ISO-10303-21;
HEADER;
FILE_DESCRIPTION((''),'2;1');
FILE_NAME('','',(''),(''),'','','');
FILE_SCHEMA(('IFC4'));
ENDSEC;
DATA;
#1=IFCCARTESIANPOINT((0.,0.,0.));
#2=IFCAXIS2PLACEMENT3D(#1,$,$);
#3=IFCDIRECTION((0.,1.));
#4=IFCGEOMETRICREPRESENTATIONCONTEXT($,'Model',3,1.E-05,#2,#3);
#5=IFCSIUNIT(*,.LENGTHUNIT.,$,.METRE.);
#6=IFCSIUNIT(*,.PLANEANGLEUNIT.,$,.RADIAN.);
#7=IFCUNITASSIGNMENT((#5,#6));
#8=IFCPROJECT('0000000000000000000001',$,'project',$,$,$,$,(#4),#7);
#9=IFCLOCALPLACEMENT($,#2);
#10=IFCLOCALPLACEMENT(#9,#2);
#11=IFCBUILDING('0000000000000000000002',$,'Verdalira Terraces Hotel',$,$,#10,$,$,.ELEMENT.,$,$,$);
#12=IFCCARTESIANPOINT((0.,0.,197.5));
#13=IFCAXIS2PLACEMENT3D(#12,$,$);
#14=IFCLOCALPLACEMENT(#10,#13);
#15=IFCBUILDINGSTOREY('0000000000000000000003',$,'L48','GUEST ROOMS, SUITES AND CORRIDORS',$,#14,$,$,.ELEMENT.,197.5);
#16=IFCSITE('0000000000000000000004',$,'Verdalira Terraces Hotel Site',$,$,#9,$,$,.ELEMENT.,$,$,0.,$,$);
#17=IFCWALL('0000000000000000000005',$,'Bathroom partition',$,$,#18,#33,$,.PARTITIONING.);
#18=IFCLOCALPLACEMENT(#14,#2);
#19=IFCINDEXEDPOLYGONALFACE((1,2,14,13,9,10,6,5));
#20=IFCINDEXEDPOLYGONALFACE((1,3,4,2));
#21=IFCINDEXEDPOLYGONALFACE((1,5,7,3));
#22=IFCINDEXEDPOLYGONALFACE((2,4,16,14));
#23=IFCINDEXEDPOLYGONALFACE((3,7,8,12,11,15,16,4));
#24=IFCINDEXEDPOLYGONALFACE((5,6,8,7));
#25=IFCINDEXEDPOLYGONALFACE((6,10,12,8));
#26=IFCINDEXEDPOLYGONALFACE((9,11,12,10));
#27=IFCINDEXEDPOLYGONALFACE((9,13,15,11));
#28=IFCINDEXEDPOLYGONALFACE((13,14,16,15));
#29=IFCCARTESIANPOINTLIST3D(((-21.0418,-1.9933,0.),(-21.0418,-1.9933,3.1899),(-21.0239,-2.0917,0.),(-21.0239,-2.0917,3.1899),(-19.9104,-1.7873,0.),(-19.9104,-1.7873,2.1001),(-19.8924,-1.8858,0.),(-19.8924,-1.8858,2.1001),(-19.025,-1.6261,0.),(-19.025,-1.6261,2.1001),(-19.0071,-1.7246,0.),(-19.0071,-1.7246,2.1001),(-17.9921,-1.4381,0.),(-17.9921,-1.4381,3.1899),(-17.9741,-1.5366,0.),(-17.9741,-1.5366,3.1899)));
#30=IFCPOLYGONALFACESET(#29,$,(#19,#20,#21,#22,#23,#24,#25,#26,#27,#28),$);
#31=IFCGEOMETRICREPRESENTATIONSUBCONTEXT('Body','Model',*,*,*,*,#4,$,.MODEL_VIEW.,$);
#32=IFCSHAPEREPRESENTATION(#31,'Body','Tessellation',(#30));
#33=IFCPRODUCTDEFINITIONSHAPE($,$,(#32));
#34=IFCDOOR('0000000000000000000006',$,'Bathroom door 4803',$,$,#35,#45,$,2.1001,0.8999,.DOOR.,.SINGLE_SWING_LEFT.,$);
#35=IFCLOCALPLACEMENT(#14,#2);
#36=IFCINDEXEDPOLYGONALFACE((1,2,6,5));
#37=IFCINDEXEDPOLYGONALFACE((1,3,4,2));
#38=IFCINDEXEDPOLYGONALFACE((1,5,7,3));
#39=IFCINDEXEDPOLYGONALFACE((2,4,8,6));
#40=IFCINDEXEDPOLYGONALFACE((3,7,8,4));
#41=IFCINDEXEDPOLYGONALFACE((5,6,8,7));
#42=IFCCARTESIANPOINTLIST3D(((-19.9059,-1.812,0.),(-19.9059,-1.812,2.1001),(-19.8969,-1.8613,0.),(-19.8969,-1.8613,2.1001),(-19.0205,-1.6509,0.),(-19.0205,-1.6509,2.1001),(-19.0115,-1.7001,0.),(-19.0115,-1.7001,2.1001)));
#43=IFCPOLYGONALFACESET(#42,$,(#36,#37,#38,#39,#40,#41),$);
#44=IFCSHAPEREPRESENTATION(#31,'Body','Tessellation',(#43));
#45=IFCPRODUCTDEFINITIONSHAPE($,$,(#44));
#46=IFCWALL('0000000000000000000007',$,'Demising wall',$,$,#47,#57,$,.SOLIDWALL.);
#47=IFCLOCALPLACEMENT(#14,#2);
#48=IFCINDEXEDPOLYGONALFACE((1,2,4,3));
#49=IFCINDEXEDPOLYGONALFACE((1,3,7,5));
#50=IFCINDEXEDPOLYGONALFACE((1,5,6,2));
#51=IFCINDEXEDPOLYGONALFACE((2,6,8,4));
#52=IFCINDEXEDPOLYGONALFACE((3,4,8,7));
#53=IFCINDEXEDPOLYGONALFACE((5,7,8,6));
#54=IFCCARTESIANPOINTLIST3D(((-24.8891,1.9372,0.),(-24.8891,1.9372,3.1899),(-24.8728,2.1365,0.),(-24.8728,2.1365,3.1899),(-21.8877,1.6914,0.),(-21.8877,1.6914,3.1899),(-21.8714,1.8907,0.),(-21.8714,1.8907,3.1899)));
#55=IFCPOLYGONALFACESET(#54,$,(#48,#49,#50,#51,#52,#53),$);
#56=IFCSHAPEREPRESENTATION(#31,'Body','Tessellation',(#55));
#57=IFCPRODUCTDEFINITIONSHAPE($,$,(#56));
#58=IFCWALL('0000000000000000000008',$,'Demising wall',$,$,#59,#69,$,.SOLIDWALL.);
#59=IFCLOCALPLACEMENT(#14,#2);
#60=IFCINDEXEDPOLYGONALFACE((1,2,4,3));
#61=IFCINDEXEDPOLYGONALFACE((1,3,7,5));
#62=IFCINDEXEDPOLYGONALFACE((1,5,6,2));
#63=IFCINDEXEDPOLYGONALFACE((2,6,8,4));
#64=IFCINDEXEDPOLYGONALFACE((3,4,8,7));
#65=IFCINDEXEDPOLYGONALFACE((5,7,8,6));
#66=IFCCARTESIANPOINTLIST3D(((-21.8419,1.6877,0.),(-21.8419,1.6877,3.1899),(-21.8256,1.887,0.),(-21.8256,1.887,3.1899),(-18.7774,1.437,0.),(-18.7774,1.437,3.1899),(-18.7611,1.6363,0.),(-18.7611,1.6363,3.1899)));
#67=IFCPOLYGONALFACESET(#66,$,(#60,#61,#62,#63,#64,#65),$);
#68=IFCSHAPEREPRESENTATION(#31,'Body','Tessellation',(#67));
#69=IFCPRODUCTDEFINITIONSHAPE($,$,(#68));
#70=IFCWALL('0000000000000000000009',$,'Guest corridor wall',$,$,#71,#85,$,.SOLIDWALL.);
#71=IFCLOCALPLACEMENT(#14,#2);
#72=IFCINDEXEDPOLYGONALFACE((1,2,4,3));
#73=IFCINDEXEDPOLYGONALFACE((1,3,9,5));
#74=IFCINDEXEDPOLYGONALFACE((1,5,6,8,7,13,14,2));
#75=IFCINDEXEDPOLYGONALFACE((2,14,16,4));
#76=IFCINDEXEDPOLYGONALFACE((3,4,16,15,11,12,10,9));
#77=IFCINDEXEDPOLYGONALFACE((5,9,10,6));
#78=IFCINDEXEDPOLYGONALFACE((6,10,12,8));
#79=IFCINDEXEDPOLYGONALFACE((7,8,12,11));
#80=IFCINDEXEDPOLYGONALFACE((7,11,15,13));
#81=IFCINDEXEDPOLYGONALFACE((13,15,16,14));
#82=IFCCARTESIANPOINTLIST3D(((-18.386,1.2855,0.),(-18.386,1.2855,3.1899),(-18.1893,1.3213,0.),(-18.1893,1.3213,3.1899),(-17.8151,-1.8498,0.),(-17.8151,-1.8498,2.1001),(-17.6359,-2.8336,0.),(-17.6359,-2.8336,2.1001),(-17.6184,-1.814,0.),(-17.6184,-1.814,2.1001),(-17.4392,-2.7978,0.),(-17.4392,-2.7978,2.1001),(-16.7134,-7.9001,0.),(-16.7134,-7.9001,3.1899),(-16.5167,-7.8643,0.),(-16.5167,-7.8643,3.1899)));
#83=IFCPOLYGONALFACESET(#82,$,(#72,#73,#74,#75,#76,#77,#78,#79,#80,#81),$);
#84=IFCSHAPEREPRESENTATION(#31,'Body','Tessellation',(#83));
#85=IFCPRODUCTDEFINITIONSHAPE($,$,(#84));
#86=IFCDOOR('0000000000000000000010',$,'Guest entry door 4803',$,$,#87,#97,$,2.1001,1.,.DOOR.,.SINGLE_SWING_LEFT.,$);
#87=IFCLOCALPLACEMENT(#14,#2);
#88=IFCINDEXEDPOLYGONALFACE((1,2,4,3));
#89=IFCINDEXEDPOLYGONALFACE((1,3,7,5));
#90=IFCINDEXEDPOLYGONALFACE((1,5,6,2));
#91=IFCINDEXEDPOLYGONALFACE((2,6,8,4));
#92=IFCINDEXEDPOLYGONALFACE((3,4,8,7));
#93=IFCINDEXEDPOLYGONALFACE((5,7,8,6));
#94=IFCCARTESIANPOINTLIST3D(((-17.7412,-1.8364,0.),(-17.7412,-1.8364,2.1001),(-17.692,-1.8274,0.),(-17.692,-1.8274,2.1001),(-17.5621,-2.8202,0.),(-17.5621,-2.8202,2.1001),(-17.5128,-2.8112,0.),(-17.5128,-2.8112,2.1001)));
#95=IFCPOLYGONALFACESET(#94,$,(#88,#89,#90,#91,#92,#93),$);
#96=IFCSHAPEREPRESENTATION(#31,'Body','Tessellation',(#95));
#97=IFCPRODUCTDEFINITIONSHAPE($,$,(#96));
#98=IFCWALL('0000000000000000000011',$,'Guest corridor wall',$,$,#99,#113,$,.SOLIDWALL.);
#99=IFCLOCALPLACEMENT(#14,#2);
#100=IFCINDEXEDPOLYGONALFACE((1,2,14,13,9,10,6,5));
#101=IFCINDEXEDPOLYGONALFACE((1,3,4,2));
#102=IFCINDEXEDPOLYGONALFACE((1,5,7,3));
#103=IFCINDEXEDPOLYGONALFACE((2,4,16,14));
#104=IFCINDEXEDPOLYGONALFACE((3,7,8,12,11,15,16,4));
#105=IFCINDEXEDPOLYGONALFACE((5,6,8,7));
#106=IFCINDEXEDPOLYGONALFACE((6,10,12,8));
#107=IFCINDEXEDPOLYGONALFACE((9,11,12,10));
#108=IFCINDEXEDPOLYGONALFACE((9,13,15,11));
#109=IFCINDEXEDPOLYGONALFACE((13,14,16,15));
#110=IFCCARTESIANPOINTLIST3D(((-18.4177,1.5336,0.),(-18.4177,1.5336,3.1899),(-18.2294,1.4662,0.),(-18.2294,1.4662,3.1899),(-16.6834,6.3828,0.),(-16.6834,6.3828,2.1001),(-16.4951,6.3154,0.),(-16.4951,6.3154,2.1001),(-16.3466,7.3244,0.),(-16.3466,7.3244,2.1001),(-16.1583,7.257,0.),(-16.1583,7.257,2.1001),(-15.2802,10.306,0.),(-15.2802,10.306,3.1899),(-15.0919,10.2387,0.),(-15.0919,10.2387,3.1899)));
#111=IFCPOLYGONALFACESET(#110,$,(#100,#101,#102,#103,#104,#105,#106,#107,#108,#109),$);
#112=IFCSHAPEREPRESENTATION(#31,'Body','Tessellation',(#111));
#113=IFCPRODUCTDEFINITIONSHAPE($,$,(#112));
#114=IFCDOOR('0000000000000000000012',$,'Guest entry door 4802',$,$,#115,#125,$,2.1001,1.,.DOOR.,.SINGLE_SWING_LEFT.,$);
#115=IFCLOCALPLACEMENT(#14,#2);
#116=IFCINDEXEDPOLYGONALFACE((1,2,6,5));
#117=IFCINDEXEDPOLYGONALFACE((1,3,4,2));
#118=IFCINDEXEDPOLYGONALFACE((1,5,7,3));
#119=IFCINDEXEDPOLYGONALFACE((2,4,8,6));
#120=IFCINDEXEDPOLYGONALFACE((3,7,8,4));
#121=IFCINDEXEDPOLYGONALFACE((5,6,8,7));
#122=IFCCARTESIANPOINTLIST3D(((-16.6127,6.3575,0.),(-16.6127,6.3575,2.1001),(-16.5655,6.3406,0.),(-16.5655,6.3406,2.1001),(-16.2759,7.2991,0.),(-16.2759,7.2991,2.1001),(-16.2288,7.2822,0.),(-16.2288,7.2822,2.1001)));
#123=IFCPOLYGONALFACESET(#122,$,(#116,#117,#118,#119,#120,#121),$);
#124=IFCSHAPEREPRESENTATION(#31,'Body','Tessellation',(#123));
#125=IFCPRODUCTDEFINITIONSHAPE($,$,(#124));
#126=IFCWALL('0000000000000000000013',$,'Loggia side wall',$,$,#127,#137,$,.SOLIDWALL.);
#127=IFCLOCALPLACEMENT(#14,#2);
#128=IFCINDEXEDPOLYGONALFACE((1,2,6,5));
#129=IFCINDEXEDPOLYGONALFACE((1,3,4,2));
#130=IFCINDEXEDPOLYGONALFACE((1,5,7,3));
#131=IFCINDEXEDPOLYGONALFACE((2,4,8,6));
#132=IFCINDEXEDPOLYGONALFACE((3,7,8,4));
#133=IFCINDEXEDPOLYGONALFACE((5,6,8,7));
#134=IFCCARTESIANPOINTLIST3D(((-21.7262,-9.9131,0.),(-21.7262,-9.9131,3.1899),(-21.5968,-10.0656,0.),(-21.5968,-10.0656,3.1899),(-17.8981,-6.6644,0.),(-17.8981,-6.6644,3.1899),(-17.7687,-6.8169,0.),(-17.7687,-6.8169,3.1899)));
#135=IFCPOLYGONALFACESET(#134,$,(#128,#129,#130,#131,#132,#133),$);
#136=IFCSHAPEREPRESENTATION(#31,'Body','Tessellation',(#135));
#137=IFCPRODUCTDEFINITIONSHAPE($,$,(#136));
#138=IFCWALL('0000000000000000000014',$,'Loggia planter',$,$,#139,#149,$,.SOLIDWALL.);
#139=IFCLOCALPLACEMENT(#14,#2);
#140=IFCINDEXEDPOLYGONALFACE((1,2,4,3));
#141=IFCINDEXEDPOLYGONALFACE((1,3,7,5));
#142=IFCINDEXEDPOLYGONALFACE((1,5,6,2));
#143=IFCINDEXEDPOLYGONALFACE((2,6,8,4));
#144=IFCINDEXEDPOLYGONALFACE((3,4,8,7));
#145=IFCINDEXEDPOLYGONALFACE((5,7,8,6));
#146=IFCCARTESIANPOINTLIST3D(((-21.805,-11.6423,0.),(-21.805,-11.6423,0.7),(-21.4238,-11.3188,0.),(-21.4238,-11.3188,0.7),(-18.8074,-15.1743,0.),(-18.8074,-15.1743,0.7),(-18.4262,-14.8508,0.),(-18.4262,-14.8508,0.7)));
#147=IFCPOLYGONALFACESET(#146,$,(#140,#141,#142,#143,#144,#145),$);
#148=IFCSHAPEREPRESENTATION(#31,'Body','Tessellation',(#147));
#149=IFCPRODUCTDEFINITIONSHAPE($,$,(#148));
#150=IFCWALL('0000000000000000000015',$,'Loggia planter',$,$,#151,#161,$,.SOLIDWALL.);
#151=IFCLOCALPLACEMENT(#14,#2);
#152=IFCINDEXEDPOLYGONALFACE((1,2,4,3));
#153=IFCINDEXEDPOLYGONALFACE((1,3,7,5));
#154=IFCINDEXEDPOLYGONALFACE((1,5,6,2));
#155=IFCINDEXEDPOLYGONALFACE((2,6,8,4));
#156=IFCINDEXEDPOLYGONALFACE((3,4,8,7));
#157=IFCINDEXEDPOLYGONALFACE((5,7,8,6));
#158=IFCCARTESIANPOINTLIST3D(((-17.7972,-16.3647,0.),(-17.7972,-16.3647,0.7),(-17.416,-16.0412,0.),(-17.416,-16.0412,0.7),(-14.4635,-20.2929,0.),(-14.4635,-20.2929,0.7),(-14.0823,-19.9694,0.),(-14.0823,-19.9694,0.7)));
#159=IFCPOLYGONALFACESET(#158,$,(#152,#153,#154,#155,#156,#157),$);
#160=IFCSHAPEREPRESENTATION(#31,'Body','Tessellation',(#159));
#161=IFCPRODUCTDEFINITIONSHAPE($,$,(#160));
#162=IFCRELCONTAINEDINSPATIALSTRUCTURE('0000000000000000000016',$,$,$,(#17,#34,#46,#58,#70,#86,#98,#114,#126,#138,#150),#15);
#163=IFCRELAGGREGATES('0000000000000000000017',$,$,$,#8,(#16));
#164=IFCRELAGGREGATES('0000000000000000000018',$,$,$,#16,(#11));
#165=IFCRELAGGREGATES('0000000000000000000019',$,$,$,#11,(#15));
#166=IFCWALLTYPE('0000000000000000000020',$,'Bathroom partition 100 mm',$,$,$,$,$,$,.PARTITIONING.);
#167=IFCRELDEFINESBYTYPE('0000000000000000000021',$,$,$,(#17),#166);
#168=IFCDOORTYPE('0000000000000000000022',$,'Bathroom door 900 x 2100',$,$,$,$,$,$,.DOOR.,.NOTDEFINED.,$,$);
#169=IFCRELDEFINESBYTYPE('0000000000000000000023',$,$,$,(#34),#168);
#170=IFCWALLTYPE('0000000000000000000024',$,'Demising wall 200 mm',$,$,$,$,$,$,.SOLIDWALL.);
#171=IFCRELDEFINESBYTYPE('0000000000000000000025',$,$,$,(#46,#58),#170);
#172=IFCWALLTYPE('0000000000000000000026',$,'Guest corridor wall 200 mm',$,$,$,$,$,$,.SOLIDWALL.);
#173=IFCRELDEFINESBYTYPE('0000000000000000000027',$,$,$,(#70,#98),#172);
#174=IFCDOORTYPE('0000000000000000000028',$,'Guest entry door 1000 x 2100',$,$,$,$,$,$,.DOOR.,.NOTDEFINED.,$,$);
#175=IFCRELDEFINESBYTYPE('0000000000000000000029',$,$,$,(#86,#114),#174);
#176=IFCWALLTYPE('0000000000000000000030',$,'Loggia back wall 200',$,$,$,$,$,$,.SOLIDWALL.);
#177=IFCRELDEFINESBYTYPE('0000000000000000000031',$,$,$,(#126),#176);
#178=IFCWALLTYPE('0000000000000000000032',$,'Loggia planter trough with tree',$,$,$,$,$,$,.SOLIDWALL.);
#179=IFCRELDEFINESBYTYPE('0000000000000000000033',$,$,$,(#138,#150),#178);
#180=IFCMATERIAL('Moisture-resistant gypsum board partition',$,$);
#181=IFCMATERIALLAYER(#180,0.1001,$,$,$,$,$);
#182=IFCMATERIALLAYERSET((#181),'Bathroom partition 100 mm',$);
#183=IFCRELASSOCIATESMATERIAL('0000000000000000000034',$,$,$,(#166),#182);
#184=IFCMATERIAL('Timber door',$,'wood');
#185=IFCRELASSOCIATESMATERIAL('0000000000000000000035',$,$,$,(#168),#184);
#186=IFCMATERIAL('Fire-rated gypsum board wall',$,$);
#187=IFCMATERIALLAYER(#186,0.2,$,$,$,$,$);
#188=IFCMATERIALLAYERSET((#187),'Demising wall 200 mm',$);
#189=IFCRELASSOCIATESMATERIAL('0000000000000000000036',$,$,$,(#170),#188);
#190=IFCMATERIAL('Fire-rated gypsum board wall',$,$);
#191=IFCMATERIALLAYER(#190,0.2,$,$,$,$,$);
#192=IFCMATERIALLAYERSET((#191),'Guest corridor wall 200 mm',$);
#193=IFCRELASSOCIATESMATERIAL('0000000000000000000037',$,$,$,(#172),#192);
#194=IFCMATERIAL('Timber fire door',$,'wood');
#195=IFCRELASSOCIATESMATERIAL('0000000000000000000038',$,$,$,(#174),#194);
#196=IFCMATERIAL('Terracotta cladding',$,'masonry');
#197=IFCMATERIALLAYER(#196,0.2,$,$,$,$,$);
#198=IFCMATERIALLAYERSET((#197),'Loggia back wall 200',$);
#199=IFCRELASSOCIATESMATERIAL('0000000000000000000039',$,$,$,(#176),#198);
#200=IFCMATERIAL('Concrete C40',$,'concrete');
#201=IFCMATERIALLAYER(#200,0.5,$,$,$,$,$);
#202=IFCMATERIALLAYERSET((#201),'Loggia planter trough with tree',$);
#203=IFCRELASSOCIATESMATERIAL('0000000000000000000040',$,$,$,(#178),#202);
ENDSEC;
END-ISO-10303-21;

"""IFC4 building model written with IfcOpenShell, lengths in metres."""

from ifc_helpers import new_model, si_unit, direction, frame, frame_2d, origin, place, context, subcontext, project, spatial, rectangle, extrude, material, layer, layer_set, type_object, element, fill, save


model = new_model("IFC4")

# Units and contexts
model_context = context("Model", 3, precision=1e-05, world=origin(), true_north=direction((0.0, 1.0)))
body_context = subcontext(model_context, "Body", "Model", "MODEL_VIEW")
ifc_project = project(units=[si_unit("LENGTHUNIT", "METRE"), si_unit("PLANEANGLEUNIT", "RADIAN")], contexts=[model_context])

# Site, building, storey
site_placement = place(None, origin())
site = spatial("IfcSite", under=ifc_project, at=site_placement, Name="Verdalira Terraces Hotel Site", CompositionType="ELEMENT", RefElevation=0.0)
building_placement = place(site_placement, origin())
building = spatial("IfcBuilding", under=site, at=building_placement, Name="Verdalira Terraces Hotel", CompositionType="ELEMENT")
storey_placement = place(building_placement, frame((0.0, 0.0, 197.5)))
storey = spatial("IfcBuildingStorey", under=building, at=storey_placement, Name="L48", Description="GUEST ROOMS, SUITES AND CORRIDORS", CompositionType="ELEMENT", Elevation=197.5)

# Shared definitions
ifc_material_1 = material(Name="Moisture-resistant gypsum board partition")
ifc_layer_1 = layer(ifc_material_1, 0.1001)
ifc_layer_set_1 = layer_set([ifc_layer_1], Name="Bathroom partition 100 mm")
wall_type_1 = type_object("IfcWallType", Name="Bathroom partition 100 mm", PredefinedType="PARTITIONING", material=ifc_layer_set_1)

# Wall, opening, door
wall_1_placement = place(storey_placement, frame((-21.0327, -2.0425, 0.0), z_axis=(0.0, 0.0, 1.0), x_axis=(0.983832, 0.179093, 0.0)))
wall_1 = element("IfcWall", 1, at=wall_1_placement, inside=storey, type_object=wall_type_1, Name="Bathroom partition", PredefinedType="PARTITIONING", context=body_context, shape_type="SweptSolid", body=[
    extrude(rectangle(XDim=3.0999, YDim=0.1001, at=frame_2d((1.5498, 0.0))), origin(), (0.0, 0.0, 1.0), 3.1899),
])
opening_1_placement = place(wall_1_placement, frame((1.1499, 0.0, 0.0)))
opening_1 = element("IfcOpeningElement", 2, at=opening_1_placement, cuts=wall_1, PredefinedType="OPENING", context=body_context, shape_type="SweptSolid", body=[
    extrude(rectangle(XDim=0.8999, YDim=2.1001, at=frame_2d((0.45, 1.05))), frame((0.0, 0.0601, 0.0), z_axis=(0.0, -1.0, 0.0), x_axis=(1.0, 0.0, 0.0)), (0.0, 0.0, 1.0), 0.1201),
])
ifc_material_2 = material(Name="Timber door", Category="wood")
door_type_1 = type_object("IfcDoorType", Name="Bathroom door 900 x 2100", OperationType="NOTDEFINED", PredefinedType="DOOR", material=ifc_material_2)
door_1_placement = place(opening_1_placement, origin())
door_1 = element("IfcDoor", 3, at=door_1_placement, inside=storey, type_object=door_type_1, Name="Bathroom door 4803", OperationType="SINGLE_SWING_LEFT", OverallHeight=2.1001, OverallWidth=0.8999, PredefinedType="DOOR", context=body_context, shape_type="SweptSolid", body=[
    extrude(rectangle(XDim=0.8999, YDim=2.1001, at=frame_2d((0.45, 1.05))), frame((0.0, 0.0249, 0.0), z_axis=(0.0, -1.0, 0.0), x_axis=(1.0, 0.0, 0.0)), (0.0, 0.0, 1.0), 0.05),
])
fill(opening_1, door_1)

# Walls
ifc_material_3 = material(Name="Fire-rated gypsum board wall")
ifc_layer_2 = layer(ifc_material_3, 0.2)
ifc_layer_set_2 = layer_set([ifc_layer_2], Name="Demising wall 200 mm")
wall_type_2 = type_object("IfcWallType", Name="Demising wall 200 mm", PredefinedType="SOLIDWALL", material=ifc_layer_set_2)
wall_2_placement = place(storey_placement, frame((-21.8794, 1.791, 0.0), z_axis=(0.0, 0.0, 1.0), x_axis=(-0.996662, 0.081636, 0.0)))
element("IfcWall", 4, at=wall_2_placement, inside=storey, type_object=wall_type_2, Name="Demising wall", PredefinedType="SOLIDWALL", context=body_context, shape_type="SweptSolid", body=[
    extrude(rectangle(XDim=3.0115, YDim=0.2, at=frame_2d((1.5059, 0.0))), origin(), (0.0, 0.0, 1.0), 3.1899),
])
wall_3_placement = place(storey_placement, frame((-18.7693, 1.5366, 0.0), z_axis=(0.0, 0.0, 1.0), x_axis=(-0.996669, 0.081547, 0.0)))
element("IfcWall", 5, at=wall_3_placement, inside=storey, type_object=wall_type_2, Name="Demising wall", PredefinedType="SOLIDWALL", context=body_context, shape_type="SweptSolid", body=[
    extrude(rectangle(XDim=3.0747, YDim=0.2, at=frame_2d((1.5374, 0.0))), origin(), (0.0, 0.0, 1.0), 3.1899),
])

# Walls, openings, doors
ifc_material_4 = material(Name="Fire-rated gypsum board wall")
ifc_layer_3 = layer(ifc_material_4, 0.2)
ifc_layer_set_3 = layer_set([ifc_layer_3], Name="Guest corridor wall 200 mm")
wall_type_3 = type_object("IfcWallType", Name="Guest corridor wall 200 mm", PredefinedType="SOLIDWALL", material=ifc_layer_set_3)
wall_4_placement = place(storey_placement, frame((-16.615, -7.8823, 0.0), z_axis=(0.0, 0.0, 1.0), x_axis=(-0.179145, 0.983823, 0.0)))
wall_4 = element("IfcWall", 6, at=wall_4_placement, inside=storey, type_object=wall_type_3, Name="Guest corridor wall", PredefinedType="SOLIDWALL", context=body_context, shape_type="SweptSolid", body=[
    extrude(rectangle(XDim=9.3367, YDim=0.2, at=frame_2d((4.6685, 0.0))), origin(), (0.0, 0.0, 1.0), 3.1899),
])
opening_2_placement = place(wall_4_placement, frame((5.1499, 0.0, 0.0)))
opening_2 = element("IfcOpeningElement", 7, at=opening_2_placement, cuts=wall_4, PredefinedType="OPENING", context=body_context, shape_type="SweptSolid", body=[
    extrude(rectangle(XDim=1.0, YDim=2.1001, at=frame_2d((0.5, 1.05))), frame((0.0, 0.1099, 0.0), z_axis=(0.0, -1.0, 0.0), x_axis=(1.0, 0.0, 0.0)), (0.0, 0.0, 1.0), 0.22),
])
ifc_material_5 = material(Name="Timber fire door", Category="wood")
door_type_2 = type_object("IfcDoorType", Name="Guest entry door 1000 x 2100", OperationType="NOTDEFINED", PredefinedType="DOOR", material=ifc_material_5)
door_2_placement = place(opening_2_placement, origin())
door_2 = element("IfcDoor", 8, at=door_2_placement, inside=storey, type_object=door_type_2, Name="Guest entry door 4803", OperationType="SINGLE_SWING_LEFT", OverallHeight=2.1001, OverallWidth=1.0, PredefinedType="DOOR", context=body_context, shape_type="SweptSolid", body=[
    extrude(rectangle(XDim=1.0, YDim=2.1001, at=frame_2d((0.5, 1.05))), frame((0.0, 0.0249, 0.0), z_axis=(0.0, -1.0, 0.0), x_axis=(1.0, 0.0, 0.0)), (0.0, 0.0, 1.0), 0.05),
])
fill(opening_2, door_2)
wall_5_placement = place(storey_placement, frame((-18.3235, 1.5, 0.0), z_axis=(0.0, 0.0, 1.0), x_axis=(0.336758, 0.941591, 0.0)))
wall_5 = element("IfcWall", 9, at=wall_5_placement, inside=storey, type_object=wall_type_3, Name="Guest corridor wall", PredefinedType="SOLIDWALL", context=body_context, shape_type="SweptSolid", body=[
    extrude(rectangle(XDim=9.3166, YDim=0.2, at=frame_2d((4.6582, 0.0))), origin(), (0.0, 0.0, 1.0), 3.1899),
])
opening_3_placement = place(wall_5_placement, frame((5.1499, 0.0, 0.0)))
opening_3 = element("IfcOpeningElement", 10, at=opening_3_placement, cuts=wall_5, PredefinedType="OPENING", context=body_context, shape_type="SweptSolid", body=[
    extrude(rectangle(XDim=1.0, YDim=2.1001, at=frame_2d((0.5, 1.05))), frame((0.0, 0.1099, 0.0), z_axis=(0.0, -1.0, 0.0), x_axis=(1.0, 0.0, 0.0)), (0.0, 0.0, 1.0), 0.22),
])
door_3_placement = place(opening_3_placement, origin())
door_3 = element("IfcDoor", 11, at=door_3_placement, inside=storey, type_object=door_type_2, Name="Guest entry door 4802", OperationType="SINGLE_SWING_LEFT", OverallHeight=2.1001, OverallWidth=1.0, PredefinedType="DOOR", context=body_context, shape_type="SweptSolid", body=[
    extrude(rectangle(XDim=1.0, YDim=2.1001, at=frame_2d((0.5, 1.05))), frame((0.0, 0.0249, 0.0), z_axis=(0.0, -1.0, 0.0), x_axis=(1.0, 0.0, 0.0)), (0.0, 0.0, 1.0), 0.05),
])
fill(opening_3, door_3)

# Walls
ifc_material_6 = material(Name="Terracotta cladding", Category="masonry")
ifc_layer_4 = layer(ifc_material_6, 0.2)
ifc_layer_set_4 = layer_set([ifc_layer_4], Name="Loggia back wall 200")
wall_type_4 = type_object("IfcWallType", Name="Loggia back wall 200", PredefinedType="SOLIDWALL", material=ifc_layer_set_4)
wall_6_placement = place(storey_placement, frame((-21.6614, -9.9893, 0.0), z_axis=(0.0, 0.0, 1.0), x_axis=(0.762443, 0.647055, 0.0)))
element("IfcWall", 12, at=wall_6_placement, inside=storey, type_object=wall_type_4, Name="Loggia side wall", PredefinedType="SOLIDWALL", context=body_context, shape_type="SweptSolid", body=[
    extrude(rectangle(XDim=5.0208, YDim=0.2, at=frame_2d((2.5103, 0.0))), origin(), (0.0, 0.0, 1.0), 3.1899),
])
ifc_material_7 = material(Name="Concrete C40", Category="concrete")
ifc_layer_5 = layer(ifc_material_7, 0.5)
ifc_layer_set_5 = layer_set([ifc_layer_5], Name="Loggia planter trough with tree")
wall_type_5 = type_object("IfcWallType", Name="Loggia planter trough with tree", PredefinedType="SOLIDWALL", material=ifc_layer_set_5)
wall_7_placement = place(storey_placement, frame((-21.6145, -11.4805, 0.0), z_axis=(0.0, 0.0, 1.0), x_axis=(0.647068, -0.762432, 0.0)))
element("IfcWall", 13, at=wall_7_placement, inside=storey, type_object=wall_type_5, Name="Loggia planter", PredefinedType="SOLIDWALL", context=body_context, shape_type="SweptSolid", body=[
    extrude(rectangle(XDim=4.6326, YDim=0.5, at=frame_2d((2.3164, 0.0))), origin(), (0.0, 0.0, 1.0), 0.7),
])
wall_8_placement = place(storey_placement, frame((-17.6067, -16.2029, 0.0), z_axis=(0.0, 0.0, 1.0), x_axis=(0.647057, -0.762442, 0.0)))
element("IfcWall", 14, at=wall_8_placement, inside=storey, type_object=wall_type_5, Name="Loggia planter", PredefinedType="SOLIDWALL", context=body_context, shape_type="SweptSolid", body=[
    extrude(rectangle(XDim=5.1521, YDim=0.5, at=frame_2d((2.5762, 0.0))), origin(), (0.0, 0.0, 1.0), 0.7),
])

save(model, "model.ifc")
